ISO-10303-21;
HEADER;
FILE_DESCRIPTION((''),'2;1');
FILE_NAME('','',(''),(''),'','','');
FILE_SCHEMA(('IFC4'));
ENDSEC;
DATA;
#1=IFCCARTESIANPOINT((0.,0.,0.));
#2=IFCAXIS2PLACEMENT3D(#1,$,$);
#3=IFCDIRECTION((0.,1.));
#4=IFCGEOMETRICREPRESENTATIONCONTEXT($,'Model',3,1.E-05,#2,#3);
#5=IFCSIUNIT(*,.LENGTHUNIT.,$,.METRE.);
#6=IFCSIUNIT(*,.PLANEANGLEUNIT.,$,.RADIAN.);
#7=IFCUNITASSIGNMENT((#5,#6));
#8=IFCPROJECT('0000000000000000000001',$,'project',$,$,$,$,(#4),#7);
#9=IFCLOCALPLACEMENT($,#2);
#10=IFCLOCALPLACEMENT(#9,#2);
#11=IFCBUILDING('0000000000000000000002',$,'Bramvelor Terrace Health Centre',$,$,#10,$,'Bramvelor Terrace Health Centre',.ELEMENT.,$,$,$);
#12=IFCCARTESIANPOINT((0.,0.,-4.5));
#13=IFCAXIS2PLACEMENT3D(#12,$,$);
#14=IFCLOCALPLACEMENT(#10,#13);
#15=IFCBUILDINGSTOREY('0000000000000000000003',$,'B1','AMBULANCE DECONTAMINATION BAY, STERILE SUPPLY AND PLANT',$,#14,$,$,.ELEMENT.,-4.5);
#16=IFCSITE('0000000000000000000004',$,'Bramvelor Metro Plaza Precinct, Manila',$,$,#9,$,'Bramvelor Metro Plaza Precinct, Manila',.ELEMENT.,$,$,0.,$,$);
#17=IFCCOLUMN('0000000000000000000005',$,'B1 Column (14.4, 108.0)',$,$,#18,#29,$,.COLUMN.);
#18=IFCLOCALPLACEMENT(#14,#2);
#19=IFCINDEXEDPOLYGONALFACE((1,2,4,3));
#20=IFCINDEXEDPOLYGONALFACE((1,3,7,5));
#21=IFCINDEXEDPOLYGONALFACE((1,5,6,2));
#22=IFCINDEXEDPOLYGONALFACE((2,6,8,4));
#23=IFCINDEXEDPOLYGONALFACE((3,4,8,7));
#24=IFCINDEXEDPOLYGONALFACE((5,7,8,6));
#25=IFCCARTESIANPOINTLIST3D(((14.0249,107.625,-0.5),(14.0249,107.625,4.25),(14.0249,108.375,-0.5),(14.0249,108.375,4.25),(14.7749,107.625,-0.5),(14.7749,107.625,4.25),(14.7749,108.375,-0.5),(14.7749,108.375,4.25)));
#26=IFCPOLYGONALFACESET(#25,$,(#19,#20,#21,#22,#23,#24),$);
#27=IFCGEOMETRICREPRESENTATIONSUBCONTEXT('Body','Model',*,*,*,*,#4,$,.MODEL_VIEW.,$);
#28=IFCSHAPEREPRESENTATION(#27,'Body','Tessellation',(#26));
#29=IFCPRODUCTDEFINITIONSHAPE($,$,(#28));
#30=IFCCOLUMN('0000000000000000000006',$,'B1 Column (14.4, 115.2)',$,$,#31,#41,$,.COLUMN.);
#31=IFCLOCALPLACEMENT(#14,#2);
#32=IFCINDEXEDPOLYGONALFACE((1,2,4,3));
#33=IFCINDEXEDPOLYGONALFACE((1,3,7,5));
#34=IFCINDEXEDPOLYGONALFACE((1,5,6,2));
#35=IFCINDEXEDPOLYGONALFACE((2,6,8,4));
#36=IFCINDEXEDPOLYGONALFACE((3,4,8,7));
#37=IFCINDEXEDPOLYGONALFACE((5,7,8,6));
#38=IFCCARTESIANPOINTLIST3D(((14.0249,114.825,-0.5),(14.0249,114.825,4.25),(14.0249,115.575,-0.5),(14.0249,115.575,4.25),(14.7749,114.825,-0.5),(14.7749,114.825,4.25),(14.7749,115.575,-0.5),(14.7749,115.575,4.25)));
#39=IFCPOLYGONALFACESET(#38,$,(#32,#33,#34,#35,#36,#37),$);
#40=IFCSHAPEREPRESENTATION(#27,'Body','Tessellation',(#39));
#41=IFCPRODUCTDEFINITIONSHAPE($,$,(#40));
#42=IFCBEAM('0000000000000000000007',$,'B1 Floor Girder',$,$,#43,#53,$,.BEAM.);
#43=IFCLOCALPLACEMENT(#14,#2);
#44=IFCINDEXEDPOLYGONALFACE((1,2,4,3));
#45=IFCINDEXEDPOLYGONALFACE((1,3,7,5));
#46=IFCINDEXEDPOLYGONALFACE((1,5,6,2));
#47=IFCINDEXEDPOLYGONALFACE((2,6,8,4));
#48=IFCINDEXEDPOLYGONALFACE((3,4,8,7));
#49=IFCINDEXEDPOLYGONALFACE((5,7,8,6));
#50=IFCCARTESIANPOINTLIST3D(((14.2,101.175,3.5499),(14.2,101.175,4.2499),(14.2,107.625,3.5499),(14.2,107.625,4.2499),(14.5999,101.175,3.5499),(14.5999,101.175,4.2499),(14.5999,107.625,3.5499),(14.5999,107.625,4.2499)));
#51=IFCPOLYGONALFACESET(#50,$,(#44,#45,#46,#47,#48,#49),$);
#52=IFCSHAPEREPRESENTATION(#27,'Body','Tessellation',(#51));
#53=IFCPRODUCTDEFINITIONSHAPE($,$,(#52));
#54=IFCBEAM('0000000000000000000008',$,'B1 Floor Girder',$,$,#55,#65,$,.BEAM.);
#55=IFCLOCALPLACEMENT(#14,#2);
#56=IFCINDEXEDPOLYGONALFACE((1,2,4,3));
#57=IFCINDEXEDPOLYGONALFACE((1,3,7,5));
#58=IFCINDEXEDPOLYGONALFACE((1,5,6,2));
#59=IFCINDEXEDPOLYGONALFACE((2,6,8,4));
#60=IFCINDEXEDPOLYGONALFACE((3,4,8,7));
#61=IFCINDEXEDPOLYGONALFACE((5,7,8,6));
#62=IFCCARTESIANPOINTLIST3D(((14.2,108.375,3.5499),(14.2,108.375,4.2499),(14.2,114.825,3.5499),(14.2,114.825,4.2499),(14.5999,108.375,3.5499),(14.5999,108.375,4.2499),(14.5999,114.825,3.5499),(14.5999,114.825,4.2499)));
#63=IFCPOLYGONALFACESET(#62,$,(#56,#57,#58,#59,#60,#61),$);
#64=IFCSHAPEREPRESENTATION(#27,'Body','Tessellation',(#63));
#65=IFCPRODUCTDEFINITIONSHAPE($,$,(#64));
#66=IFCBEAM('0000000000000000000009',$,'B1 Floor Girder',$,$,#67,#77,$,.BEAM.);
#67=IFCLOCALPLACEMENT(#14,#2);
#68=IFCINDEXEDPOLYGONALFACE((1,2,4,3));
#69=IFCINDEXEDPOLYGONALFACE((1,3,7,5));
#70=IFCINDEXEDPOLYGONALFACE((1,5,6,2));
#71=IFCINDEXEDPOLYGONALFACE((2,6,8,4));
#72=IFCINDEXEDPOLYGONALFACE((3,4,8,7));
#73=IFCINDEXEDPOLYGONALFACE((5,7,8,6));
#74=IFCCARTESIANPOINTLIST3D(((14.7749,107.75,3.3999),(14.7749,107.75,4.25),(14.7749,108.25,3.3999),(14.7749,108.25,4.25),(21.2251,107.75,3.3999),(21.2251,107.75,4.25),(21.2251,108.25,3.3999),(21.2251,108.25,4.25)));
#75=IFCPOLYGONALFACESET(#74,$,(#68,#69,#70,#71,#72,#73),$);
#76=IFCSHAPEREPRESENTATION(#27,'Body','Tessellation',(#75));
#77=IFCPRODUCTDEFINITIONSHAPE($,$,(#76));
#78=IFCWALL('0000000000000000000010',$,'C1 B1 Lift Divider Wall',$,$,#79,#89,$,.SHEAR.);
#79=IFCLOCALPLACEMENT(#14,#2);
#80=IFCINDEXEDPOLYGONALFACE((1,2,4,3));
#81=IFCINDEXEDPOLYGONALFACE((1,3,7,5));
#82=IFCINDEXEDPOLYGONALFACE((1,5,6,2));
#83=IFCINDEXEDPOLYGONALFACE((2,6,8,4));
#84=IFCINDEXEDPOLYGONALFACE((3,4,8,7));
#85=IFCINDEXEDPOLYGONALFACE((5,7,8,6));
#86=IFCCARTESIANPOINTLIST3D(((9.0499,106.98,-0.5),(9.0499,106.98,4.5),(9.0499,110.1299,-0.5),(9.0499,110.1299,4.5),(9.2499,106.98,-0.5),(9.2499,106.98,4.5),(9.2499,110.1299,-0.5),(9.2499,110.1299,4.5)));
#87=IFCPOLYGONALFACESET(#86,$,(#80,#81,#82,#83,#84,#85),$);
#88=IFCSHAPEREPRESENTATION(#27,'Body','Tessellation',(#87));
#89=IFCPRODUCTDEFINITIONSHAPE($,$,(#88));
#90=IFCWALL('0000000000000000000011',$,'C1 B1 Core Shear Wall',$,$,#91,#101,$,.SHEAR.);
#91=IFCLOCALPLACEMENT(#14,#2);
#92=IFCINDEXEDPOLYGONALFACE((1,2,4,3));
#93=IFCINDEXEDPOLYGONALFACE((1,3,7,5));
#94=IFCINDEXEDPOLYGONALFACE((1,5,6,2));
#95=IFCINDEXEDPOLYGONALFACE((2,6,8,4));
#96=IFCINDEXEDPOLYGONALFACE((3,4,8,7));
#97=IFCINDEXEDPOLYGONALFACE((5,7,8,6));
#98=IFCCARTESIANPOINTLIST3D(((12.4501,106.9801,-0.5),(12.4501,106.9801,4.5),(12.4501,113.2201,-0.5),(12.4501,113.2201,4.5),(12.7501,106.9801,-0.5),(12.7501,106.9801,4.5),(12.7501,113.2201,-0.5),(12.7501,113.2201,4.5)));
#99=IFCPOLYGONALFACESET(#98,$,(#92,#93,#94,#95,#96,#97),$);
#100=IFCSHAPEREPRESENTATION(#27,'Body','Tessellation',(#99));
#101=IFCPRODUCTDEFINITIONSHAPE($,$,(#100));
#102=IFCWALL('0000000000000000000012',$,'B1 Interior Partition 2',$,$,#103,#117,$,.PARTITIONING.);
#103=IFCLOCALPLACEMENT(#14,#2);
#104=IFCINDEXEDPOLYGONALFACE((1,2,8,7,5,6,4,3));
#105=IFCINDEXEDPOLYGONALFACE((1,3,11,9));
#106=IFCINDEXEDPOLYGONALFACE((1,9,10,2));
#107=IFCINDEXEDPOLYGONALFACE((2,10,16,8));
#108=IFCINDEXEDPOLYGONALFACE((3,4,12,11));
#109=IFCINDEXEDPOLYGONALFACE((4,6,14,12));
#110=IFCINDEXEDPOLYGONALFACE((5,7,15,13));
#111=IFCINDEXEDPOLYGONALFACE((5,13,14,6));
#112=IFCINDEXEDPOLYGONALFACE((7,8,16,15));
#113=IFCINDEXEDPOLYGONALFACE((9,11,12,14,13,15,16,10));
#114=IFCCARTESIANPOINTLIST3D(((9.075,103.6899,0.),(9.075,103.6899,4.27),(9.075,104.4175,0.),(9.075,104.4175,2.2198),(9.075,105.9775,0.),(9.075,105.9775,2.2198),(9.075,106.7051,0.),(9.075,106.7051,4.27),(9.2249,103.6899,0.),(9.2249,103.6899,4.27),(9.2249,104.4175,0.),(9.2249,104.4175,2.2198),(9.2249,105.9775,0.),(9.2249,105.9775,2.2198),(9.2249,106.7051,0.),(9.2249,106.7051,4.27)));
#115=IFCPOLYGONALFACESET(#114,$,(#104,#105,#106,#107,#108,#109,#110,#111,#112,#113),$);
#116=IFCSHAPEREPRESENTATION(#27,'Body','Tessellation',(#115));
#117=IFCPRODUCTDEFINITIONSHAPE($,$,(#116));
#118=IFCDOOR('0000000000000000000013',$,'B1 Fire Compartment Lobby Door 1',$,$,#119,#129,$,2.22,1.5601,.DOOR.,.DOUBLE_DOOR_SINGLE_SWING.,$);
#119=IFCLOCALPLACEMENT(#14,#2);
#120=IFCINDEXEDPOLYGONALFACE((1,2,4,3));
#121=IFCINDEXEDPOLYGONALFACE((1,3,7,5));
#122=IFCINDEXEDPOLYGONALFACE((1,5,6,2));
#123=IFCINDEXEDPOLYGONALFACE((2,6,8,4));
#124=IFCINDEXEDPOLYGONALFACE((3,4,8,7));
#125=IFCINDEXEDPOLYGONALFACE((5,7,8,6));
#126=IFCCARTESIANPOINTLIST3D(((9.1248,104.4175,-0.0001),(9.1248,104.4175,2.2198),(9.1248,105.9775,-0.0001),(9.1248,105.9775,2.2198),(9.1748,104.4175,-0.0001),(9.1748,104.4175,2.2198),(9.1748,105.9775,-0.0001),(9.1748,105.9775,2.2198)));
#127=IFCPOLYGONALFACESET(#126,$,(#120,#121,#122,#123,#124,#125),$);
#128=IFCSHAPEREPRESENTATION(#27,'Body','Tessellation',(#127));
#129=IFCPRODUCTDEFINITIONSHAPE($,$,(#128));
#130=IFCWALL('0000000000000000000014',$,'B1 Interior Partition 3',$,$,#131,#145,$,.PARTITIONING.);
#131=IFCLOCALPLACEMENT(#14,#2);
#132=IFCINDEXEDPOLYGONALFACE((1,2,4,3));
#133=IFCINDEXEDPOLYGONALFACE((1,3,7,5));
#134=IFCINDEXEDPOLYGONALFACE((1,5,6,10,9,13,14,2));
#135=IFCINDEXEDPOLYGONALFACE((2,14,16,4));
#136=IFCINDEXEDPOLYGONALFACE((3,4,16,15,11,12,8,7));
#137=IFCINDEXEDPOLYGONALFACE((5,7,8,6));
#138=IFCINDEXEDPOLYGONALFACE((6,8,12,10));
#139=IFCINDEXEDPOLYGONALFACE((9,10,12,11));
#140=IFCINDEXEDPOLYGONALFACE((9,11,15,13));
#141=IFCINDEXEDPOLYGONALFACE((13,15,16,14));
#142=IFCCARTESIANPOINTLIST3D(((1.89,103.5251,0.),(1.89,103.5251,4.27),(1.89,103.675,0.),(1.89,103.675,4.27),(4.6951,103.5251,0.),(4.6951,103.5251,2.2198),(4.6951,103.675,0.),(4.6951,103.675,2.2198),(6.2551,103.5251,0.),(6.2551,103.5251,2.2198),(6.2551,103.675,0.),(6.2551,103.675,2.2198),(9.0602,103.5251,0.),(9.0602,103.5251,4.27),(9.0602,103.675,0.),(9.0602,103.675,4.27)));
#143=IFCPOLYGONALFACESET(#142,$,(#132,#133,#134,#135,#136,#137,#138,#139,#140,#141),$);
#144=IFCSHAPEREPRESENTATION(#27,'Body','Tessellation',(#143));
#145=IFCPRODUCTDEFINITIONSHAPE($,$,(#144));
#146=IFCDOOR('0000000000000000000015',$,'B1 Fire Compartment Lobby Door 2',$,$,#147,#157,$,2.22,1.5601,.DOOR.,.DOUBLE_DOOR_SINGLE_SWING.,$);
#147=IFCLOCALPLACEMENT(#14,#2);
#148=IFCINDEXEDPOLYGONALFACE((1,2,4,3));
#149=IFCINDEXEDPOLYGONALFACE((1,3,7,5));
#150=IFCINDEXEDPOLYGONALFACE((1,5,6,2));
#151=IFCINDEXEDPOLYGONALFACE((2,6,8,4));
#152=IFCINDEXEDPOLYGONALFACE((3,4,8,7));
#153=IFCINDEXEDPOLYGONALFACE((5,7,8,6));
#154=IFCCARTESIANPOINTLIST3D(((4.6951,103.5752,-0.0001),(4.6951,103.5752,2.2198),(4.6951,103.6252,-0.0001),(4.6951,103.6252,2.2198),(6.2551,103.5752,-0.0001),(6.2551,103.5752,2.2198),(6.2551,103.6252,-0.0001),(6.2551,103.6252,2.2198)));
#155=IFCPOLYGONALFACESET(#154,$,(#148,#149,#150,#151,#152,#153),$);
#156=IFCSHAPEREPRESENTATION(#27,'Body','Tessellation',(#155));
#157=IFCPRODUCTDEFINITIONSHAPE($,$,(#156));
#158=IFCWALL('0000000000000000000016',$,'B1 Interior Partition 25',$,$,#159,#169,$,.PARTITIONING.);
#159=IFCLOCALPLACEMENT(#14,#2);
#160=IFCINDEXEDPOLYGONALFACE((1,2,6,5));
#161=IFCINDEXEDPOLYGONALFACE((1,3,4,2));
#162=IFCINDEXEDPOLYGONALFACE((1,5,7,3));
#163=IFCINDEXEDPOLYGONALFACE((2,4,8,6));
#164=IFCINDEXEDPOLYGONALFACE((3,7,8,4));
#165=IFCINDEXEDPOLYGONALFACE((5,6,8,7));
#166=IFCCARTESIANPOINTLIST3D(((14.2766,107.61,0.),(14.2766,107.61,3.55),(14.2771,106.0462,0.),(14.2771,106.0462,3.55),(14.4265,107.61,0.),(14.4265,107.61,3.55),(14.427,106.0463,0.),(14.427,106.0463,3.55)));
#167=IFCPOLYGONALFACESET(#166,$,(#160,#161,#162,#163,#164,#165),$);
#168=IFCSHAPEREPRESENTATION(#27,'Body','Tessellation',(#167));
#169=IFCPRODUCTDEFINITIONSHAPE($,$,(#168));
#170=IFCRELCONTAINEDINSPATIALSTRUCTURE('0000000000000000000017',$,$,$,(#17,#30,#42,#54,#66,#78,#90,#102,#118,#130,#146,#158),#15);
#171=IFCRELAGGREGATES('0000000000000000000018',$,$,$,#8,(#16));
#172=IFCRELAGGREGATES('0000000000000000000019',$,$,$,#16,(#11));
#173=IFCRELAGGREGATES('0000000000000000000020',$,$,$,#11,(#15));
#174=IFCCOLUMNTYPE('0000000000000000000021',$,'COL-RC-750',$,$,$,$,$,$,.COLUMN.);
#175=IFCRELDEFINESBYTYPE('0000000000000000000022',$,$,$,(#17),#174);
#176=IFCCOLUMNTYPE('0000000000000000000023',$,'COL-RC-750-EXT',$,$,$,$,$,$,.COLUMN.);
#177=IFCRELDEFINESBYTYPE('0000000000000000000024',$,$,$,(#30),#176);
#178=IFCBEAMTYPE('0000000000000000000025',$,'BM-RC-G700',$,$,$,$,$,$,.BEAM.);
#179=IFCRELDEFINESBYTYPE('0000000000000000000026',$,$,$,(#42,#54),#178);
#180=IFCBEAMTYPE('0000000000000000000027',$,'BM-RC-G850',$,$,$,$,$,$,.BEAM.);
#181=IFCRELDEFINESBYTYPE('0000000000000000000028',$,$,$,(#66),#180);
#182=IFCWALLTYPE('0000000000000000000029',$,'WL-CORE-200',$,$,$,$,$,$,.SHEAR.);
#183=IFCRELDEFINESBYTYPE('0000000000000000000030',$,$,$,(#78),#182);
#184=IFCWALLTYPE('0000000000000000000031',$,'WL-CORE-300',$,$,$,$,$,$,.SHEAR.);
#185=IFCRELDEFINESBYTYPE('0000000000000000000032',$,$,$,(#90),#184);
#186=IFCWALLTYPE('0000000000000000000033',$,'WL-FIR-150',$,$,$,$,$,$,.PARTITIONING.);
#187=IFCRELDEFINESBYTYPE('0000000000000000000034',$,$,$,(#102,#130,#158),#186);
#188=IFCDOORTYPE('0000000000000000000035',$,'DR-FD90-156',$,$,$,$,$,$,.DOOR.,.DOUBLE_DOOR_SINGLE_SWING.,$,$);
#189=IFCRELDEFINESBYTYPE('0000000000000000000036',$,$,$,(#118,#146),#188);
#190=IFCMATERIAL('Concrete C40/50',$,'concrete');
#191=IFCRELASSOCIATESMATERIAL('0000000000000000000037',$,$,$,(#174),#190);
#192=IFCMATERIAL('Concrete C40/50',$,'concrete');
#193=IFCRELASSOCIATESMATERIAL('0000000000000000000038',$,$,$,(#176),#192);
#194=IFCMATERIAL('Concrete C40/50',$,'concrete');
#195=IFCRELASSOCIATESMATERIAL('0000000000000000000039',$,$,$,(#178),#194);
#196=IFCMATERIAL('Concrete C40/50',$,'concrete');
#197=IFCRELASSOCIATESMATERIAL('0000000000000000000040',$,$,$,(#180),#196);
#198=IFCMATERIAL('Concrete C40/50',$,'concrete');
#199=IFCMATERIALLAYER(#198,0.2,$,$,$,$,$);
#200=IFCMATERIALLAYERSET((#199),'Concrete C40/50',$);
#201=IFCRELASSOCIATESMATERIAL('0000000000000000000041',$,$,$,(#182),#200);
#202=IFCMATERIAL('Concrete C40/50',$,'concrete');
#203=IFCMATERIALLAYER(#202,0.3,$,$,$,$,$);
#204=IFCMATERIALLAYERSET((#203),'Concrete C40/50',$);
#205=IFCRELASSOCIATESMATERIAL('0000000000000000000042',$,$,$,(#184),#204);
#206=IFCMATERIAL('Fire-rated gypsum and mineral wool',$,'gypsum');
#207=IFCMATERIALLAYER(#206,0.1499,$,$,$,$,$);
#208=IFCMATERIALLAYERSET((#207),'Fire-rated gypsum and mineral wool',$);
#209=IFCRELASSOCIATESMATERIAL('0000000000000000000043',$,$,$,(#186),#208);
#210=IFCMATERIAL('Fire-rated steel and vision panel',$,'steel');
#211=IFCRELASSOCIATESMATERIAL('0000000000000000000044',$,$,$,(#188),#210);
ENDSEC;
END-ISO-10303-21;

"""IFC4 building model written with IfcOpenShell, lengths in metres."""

from ifc_helpers import new_model, si_unit, direction, frame, frame_2d, origin, origin_2d, place, context, subcontext, project, spatial, rectangle, extrude, material, layer, layer_set, material_profile, profile_set, type_object, element, fill, save


model = new_model("IFC4")

# Units and contexts
model_context = context("Model", 3, precision=1e-05, world=origin(), true_north=direction((0.0, 1.0)))
body_context = subcontext(model_context, "Body", "Model", "MODEL_VIEW")
ifc_project = project(units=[si_unit("LENGTHUNIT", "METRE"), si_unit("PLANEANGLEUNIT", "RADIAN")], contexts=[model_context])

# Site, building, storey
site_placement = place(None, origin())
site = spatial("IfcSite", under=ifc_project, at=site_placement, Name="Bramvelor Metro Plaza Precinct, Manila", LongName="Bramvelor Metro Plaza Precinct, Manila", CompositionType="ELEMENT", RefElevation=0.0)
building_placement = place(site_placement, origin())
building = spatial("IfcBuilding", under=site, at=building_placement, Name="Bramvelor Terrace Health Centre", LongName="Bramvelor Terrace Health Centre", CompositionType="ELEMENT")
storey_placement = place(building_placement, frame((0.0, 0.0, -4.5)))
storey = spatial("IfcBuildingStorey", under=building, at=storey_placement, Name="B1", Description="AMBULANCE DECONTAMINATION BAY, STERILE SUPPLY AND PLANT", CompositionType="ELEMENT", Elevation=-4.5)

# Columns
ifc_material_1 = material(Name="Concrete C40/50", Category="concrete")
ifc_material_profile_1 = material_profile(ifc_material_1, rectangle(XDim=0.75, YDim=0.75, at=origin_2d()), Name="RC 750x750")
ifc_profile_set_1 = profile_set([ifc_material_profile_1], Name="Concrete C40/50")
column_type_1 = type_object("IfcColumnType", Name="COL-RC-750", PredefinedType="COLUMN", material=ifc_profile_set_1)
for number, where, z_axis, x_axis, name in (
    (1, (14.3999, 108.0, -0.5), (0.0, 0.0, 1.0), (1.0, 0.0, 0.0), "B1 Column (14.4, 108.0)"),
):
    element("IfcColumn", number, at=place(storey_placement, frame(where, z_axis=z_axis, x_axis=x_axis)), inside=storey, type_object=column_type_1, Name=name, PredefinedType="COLUMN", context=body_context, shape_type="SweptSolid", body=[
        extrude(rectangle(XDim=0.75, YDim=0.75, at=origin_2d()), origin(), (0.0, 0.0, 1.0), 4.75),
    ])
ifc_material_2 = material(Name="Concrete C40/50", Category="concrete")
ifc_material_profile_2 = material_profile(ifc_material_2, rectangle(XDim=0.75, YDim=0.75, at=origin_2d()), Name="RC 750x750")
ifc_profile_set_2 = profile_set([ifc_material_profile_2], Name="Concrete C40/50")
column_type_2 = type_object("IfcColumnType", Name="COL-RC-750-EXT", PredefinedType="COLUMN", material=ifc_profile_set_2)
column_placement = place(storey_placement, frame((14.3999, 115.2, -0.5), z_axis=(0.0, 0.0, 1.0), x_axis=(1.0, 0.0, 0.0)))
element("IfcColumn", 2, at=column_placement, inside=storey, type_object=column_type_2, Name="B1 Column (14.4, 115.2)", PredefinedType="COLUMN", context=body_context, shape_type="SweptSolid", body=[
    extrude(rectangle(XDim=0.75, YDim=0.75, at=origin_2d()), origin(), (0.0, 0.0, 1.0), 4.75),
])

# Beams
ifc_material_3 = material(Name="Concrete C40/50", Category="concrete")
ifc_material_profile_3 = material_profile(ifc_material_3, rectangle(XDim=0.3999, YDim=0.7, at=origin_2d()), Name="RC 400x700")
ifc_profile_set_3 = profile_set([ifc_material_profile_3], Name="Concrete C40/50")
beam_type_1 = type_object("IfcBeamType", Name="BM-RC-G700", PredefinedType="BEAM", material=ifc_profile_set_3)
for number, where, z_axis, x_axis, name in (
    (3, (14.3999, 101.175, 3.8999), (0.0, 1.0, 0.0), (-1.0, 0.0, 0.0), "B1 Floor Girder"),
    (4, (14.3999, 108.375, 3.8999), (0.0, 1.0, 0.0), (-1.0, 0.0, 0.0), "B1 Floor Girder"),
):
    element("IfcBeam", number, at=place(storey_placement, frame(where, z_axis=z_axis, x_axis=x_axis)), inside=storey, type_object=beam_type_1, Name=name, PredefinedType="BEAM", context=body_context, shape_type="SweptSolid", body=[
        extrude(rectangle(XDim=0.3999, YDim=0.7, at=origin_2d()), origin(), (0.0, 0.0, 1.0), 6.45),
    ])
ifc_material_4 = material(Name="Concrete C40/50", Category="concrete")
ifc_material_profile_4 = material_profile(ifc_material_4, rectangle(XDim=0.5, YDim=0.8501, at=origin_2d()), Name="RC 500x850")
ifc_profile_set_4 = profile_set([ifc_material_profile_4], Name="Concrete C40/50")
beam_type_2 = type_object("IfcBeamType", Name="BM-RC-G850", PredefinedType="BEAM", material=ifc_profile_set_4)
beam_placement = place(storey_placement, frame((14.7749, 108.0, 3.825), z_axis=(1.0, 0.0, 0.0), x_axis=(0.0, 1.0, 0.0)))
element("IfcBeam", 5, at=beam_placement, inside=storey, type_object=beam_type_2, Name="B1 Floor Girder", PredefinedType="BEAM", context=body_context, shape_type="SweptSolid", body=[
    extrude(rectangle(XDim=0.5, YDim=0.8501, at=origin_2d()), origin(), (0.0, 0.0, 1.0), 6.4502),
])

# Walls
ifc_material_5 = material(Name="Concrete C40/50", Category="concrete")
ifc_layer_1 = layer(ifc_material_5, 0.2)
ifc_layer_set_1 = layer_set([ifc_layer_1], Name="Concrete C40/50")
wall_type_1 = type_object("IfcWallType", Name="WL-CORE-200", PredefinedType="SHEAR", material=ifc_layer_set_1)
wall_1_placement = place(storey_placement, frame((9.1499, 106.98, -0.5), z_axis=(0.0, 0.0, 1.0), x_axis=(0.0, 1.0, 0.0)))
element("IfcWall", 6, at=wall_1_placement, inside=storey, type_object=wall_type_1, Name="C1 B1 Lift Divider Wall", PredefinedType="SHEAR", context=body_context, shape_type="SweptSolid", body=[
    extrude(rectangle(XDim=3.1499, YDim=0.2, at=frame_2d((1.575, 0.0))), origin(), (0.0, 0.0, 1.0), 5.0),
])
ifc_material_6 = material(Name="Concrete C40/50", Category="concrete")
ifc_layer_2 = layer(ifc_material_6, 0.3)
ifc_layer_set_2 = layer_set([ifc_layer_2], Name="Concrete C40/50")
wall_type_2 = type_object("IfcWallType", Name="WL-CORE-300", PredefinedType="SHEAR", material=ifc_layer_set_2)
wall_2_placement = place(storey_placement, frame((12.6001, 106.98, -0.5), z_axis=(0.0, 0.0, 1.0), x_axis=(0.0, 1.0, 0.0)))
element("IfcWall", 7, at=wall_2_placement, inside=storey, type_object=wall_type_2, Name="C1 B1 Core Shear Wall", PredefinedType="SHEAR", context=body_context, shape_type="SweptSolid", body=[
    extrude(rectangle(XDim=6.24, YDim=0.3, at=frame_2d((3.1201, 0.0))), origin(), (0.0, 0.0, 1.0), 5.0),
])

# Walls, openings, doors
ifc_material_7 = material(Name="Fire-rated gypsum and mineral wool", Category="gypsum")
ifc_layer_3 = layer(ifc_material_7, 0.1499)
ifc_layer_set_3 = layer_set([ifc_layer_3], Name="Fire-rated gypsum and mineral wool")
wall_type_3 = type_object("IfcWallType", Name="WL-FIR-150", PredefinedType="PARTITIONING", material=ifc_layer_set_3)
wall_3_placement = place(storey_placement, frame((9.1499, 106.7051, 0.0), z_axis=(0.0, 0.0, 1.0), x_axis=(0.0, -1.0, 0.0)))
wall_3 = element("IfcWall", 8, at=wall_3_placement, inside=storey, type_object=wall_type_3, Name="B1 Interior Partition 2", PredefinedType="PARTITIONING", context=body_context, shape_type="SweptSolid", body=[
    extrude(rectangle(XDim=3.0151, YDim=0.1499, at=frame_2d((1.5076, 0.0))), origin(), (0.0, 0.0, 1.0), 4.27),
])
opening_1_placement = place(wall_3_placement, frame((0.7275, 0.0, 0.0)))
opening_1 = element("IfcOpeningElement", 9, at=opening_1_placement, cuts=wall_3, PredefinedType="OPENING", context=body_context, shape_type="SweptSolid", body=[
    extrude(rectangle(XDim=1.5601, YDim=2.22, at=frame_2d((0.78, 1.1099))), frame((0.0, 0.085, 0.0), z_axis=(0.0, -1.0, 0.0), x_axis=(1.0, 0.0, 0.0)), (0.0, 0.0, 1.0), 0.1699),
])
ifc_material_8 = material(Name="Fire-rated steel and vision panel", Category="steel")
door_type = type_object("IfcDoorType", Name="DR-FD90-156", OperationType="DOUBLE_DOOR_SINGLE_SWING", PredefinedType="DOOR", material=ifc_material_8)
door_1_placement = place(opening_1_placement, origin())
door_1 = element("IfcDoor", 10, at=door_1_placement, inside=storey, type_object=door_type, Name="B1 Fire Compartment Lobby Door 1", OperationType="DOUBLE_DOOR_SINGLE_SWING", OverallHeight=2.22, OverallWidth=1.5601, PredefinedType="DOOR", context=body_context, shape_type="SweptSolid", body=[
    extrude(rectangle(XDim=1.5601, YDim=2.22, at=frame_2d((0.78, 1.1099))), frame((0.0, 0.0249, 0.0), z_axis=(0.0, -1.0, 0.0), x_axis=(1.0, 0.0, 0.0)), (0.0, 0.0, 1.0), 0.05),
])
fill(opening_1, door_1)
wall_4_placement = place(storey_placement, frame((9.0601, 103.6001, 0.0), z_axis=(0.0, 0.0, 1.0), x_axis=(-1.0, 0.0, 0.0)))
wall_4 = element("IfcWall", 11, at=wall_4_placement, inside=storey, type_object=wall_type_3, Name="B1 Interior Partition 3", PredefinedType="PARTITIONING", context=body_context, shape_type="SweptSolid", body=[
    extrude(rectangle(XDim=7.1702, YDim=0.1499, at=frame_2d((3.585, 0.0))), origin(), (0.0, 0.0, 1.0), 4.27),
])
opening_2_placement = place(wall_4_placement, frame((2.8049, 0.0, 0.0)))
opening_2 = element("IfcOpeningElement", 12, at=opening_2_placement, cuts=wall_4, PredefinedType="OPENING", context=body_context, shape_type="SweptSolid", body=[
    extrude(rectangle(XDim=1.5601, YDim=2.22, at=frame_2d((0.78, 1.1099))), frame((0.0, 0.085, 0.0), z_axis=(0.0, -1.0, 0.0), x_axis=(1.0, 0.0, 0.0)), (0.0, 0.0, 1.0), 0.1699),
])
door_2_placement = place(opening_2_placement, origin())
door_2 = element("IfcDoor", 13, at=door_2_placement, inside=storey, type_object=door_type, Name="B1 Fire Compartment Lobby Door 2", OperationType="DOUBLE_DOOR_SINGLE_SWING", OverallHeight=2.22, OverallWidth=1.5601, PredefinedType="DOOR", context=body_context, shape_type="SweptSolid", body=[
    extrude(rectangle(XDim=1.5601, YDim=2.22, at=frame_2d((0.78, 1.1099))), frame((0.0, 0.0249, 0.0), z_axis=(0.0, -1.0, 0.0), x_axis=(1.0, 0.0, 0.0)), (0.0, 0.0, 1.0), 0.05),
])
fill(opening_2, door_2)

# Wall
wall_5_placement = place(storey_placement, frame((14.3521, 106.0464, 0.0), z_axis=(0.0, 0.0, 1.0), x_axis=(-0.000312, 1.0, 0.0)))
element("IfcWall", 14, at=wall_5_placement, inside=storey, type_object=wall_type_3, Name="B1 Interior Partition 25", PredefinedType="PARTITIONING", context=body_context, shape_type="SweptSolid", body=[
    extrude(rectangle(XDim=1.5637, YDim=0.1499, at=frame_2d((0.7817, 0.0))), origin(), (0.0, 0.0, 1.0), 3.55),
])

save(model, "model.ifc")
